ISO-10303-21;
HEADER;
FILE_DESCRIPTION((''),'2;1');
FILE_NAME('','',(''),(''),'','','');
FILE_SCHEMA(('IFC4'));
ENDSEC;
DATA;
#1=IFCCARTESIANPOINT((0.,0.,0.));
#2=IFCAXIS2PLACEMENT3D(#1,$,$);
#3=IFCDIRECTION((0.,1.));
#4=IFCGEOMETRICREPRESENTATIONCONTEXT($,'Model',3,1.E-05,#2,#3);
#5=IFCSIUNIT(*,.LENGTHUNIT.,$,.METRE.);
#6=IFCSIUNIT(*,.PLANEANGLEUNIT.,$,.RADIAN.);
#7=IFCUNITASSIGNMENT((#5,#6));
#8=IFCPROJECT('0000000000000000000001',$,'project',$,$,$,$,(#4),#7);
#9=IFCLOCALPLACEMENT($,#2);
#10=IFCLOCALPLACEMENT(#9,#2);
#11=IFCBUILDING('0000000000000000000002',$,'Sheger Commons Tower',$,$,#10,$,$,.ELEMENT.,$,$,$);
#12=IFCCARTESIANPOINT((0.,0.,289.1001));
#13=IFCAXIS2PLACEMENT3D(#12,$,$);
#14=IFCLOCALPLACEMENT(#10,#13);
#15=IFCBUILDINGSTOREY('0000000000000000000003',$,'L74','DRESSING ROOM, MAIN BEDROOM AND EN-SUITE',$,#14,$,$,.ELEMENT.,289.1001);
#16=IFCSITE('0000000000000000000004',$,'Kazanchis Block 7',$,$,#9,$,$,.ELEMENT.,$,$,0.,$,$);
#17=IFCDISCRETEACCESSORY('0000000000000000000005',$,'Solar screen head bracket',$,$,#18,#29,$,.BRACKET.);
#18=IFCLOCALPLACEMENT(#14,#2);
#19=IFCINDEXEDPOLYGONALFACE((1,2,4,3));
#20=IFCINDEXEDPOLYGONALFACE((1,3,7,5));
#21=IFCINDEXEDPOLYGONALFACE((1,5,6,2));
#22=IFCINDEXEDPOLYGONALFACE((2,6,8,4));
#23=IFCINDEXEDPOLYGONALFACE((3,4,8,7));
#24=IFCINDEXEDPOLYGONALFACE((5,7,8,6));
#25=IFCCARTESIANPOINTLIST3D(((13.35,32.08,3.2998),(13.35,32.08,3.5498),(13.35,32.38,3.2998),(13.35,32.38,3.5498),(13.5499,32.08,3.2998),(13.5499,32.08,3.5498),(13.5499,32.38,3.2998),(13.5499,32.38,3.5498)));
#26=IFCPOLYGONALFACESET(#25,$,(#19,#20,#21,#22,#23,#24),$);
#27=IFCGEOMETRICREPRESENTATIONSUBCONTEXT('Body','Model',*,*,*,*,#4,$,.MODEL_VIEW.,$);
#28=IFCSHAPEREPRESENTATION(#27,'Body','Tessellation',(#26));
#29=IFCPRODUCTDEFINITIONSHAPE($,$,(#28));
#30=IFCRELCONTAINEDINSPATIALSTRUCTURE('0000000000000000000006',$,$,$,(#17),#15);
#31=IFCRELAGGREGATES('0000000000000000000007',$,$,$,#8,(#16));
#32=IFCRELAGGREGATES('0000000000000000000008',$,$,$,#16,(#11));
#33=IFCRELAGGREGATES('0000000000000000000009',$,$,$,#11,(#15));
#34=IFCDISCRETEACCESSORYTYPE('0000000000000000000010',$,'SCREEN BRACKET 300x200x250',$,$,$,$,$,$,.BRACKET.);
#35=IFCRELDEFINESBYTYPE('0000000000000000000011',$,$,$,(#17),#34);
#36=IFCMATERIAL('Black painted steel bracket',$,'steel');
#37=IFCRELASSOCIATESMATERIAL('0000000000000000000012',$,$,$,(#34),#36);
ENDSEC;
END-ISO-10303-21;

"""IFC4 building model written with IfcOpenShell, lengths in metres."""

from ifc_helpers import new_model, si_unit, direction, frame, origin, origin_2d, place, context, subcontext, project, spatial, rectangle, extrude, material, type_object, element, save


model = new_model("IFC4")

# Units and contexts
model_context = context("Model", 3, precision=1e-05, world=origin(), true_north=direction((0.0, 1.0)))
body_context = subcontext(model_context, "Body", "Model", "MODEL_VIEW")
ifc_project = project(units=[si_unit("LENGTHUNIT", "METRE"), si_unit("PLANEANGLEUNIT", "RADIAN")], contexts=[model_context])

# Site, building, storey
site_placement = place(None, origin())
site = spatial("IfcSite", under=ifc_project, at=site_placement, Name="Kazanchis Block 7", CompositionType="ELEMENT", RefElevation=0.0)
building_placement = place(site_placement, origin())
building = spatial("IfcBuilding", under=site, at=building_placement, Name="Sheger Commons Tower", CompositionType="ELEMENT")
storey_placement = place(building_placement, frame((0.0, 0.0, 289.1001)))
storey = spatial("IfcBuildingStorey", under=building, at=storey_placement, Name="L74", Description="DRESSING ROOM, MAIN BEDROOM AND EN-SUITE", CompositionType="ELEMENT", Elevation=289.1001)

# Discrete accessory
ifc_material_1 = material(Name="Black painted steel bracket", Category="steel")
discrete_accessory_type = type_object("IfcDiscreteAccessoryType", Name="SCREEN BRACKET 300x200x250", PredefinedType="BRACKET", material=ifc_material_1)
for number, where, z_axis, x_axis, name in (
    (1, (13.45, 32.23, 3.2998), (0.0, 0.0, 1.0), (0.0, -1.0, 0.0), "Solar screen head bracket"),
):
    element("IfcDiscreteAccessory", number, at=place(storey_placement, frame(where, z_axis=z_axis, x_axis=x_axis)), inside=storey, type_object=discrete_accessory_type, Name=name, PredefinedType="BRACKET", context=body_context, shape_type="SweptSolid", body=[
        extrude(rectangle(XDim=0.3, YDim=0.2, at=origin_2d()), origin(), (0.0, 0.0, 1.0), 0.25),
    ])

save(model, "model.ifc")
